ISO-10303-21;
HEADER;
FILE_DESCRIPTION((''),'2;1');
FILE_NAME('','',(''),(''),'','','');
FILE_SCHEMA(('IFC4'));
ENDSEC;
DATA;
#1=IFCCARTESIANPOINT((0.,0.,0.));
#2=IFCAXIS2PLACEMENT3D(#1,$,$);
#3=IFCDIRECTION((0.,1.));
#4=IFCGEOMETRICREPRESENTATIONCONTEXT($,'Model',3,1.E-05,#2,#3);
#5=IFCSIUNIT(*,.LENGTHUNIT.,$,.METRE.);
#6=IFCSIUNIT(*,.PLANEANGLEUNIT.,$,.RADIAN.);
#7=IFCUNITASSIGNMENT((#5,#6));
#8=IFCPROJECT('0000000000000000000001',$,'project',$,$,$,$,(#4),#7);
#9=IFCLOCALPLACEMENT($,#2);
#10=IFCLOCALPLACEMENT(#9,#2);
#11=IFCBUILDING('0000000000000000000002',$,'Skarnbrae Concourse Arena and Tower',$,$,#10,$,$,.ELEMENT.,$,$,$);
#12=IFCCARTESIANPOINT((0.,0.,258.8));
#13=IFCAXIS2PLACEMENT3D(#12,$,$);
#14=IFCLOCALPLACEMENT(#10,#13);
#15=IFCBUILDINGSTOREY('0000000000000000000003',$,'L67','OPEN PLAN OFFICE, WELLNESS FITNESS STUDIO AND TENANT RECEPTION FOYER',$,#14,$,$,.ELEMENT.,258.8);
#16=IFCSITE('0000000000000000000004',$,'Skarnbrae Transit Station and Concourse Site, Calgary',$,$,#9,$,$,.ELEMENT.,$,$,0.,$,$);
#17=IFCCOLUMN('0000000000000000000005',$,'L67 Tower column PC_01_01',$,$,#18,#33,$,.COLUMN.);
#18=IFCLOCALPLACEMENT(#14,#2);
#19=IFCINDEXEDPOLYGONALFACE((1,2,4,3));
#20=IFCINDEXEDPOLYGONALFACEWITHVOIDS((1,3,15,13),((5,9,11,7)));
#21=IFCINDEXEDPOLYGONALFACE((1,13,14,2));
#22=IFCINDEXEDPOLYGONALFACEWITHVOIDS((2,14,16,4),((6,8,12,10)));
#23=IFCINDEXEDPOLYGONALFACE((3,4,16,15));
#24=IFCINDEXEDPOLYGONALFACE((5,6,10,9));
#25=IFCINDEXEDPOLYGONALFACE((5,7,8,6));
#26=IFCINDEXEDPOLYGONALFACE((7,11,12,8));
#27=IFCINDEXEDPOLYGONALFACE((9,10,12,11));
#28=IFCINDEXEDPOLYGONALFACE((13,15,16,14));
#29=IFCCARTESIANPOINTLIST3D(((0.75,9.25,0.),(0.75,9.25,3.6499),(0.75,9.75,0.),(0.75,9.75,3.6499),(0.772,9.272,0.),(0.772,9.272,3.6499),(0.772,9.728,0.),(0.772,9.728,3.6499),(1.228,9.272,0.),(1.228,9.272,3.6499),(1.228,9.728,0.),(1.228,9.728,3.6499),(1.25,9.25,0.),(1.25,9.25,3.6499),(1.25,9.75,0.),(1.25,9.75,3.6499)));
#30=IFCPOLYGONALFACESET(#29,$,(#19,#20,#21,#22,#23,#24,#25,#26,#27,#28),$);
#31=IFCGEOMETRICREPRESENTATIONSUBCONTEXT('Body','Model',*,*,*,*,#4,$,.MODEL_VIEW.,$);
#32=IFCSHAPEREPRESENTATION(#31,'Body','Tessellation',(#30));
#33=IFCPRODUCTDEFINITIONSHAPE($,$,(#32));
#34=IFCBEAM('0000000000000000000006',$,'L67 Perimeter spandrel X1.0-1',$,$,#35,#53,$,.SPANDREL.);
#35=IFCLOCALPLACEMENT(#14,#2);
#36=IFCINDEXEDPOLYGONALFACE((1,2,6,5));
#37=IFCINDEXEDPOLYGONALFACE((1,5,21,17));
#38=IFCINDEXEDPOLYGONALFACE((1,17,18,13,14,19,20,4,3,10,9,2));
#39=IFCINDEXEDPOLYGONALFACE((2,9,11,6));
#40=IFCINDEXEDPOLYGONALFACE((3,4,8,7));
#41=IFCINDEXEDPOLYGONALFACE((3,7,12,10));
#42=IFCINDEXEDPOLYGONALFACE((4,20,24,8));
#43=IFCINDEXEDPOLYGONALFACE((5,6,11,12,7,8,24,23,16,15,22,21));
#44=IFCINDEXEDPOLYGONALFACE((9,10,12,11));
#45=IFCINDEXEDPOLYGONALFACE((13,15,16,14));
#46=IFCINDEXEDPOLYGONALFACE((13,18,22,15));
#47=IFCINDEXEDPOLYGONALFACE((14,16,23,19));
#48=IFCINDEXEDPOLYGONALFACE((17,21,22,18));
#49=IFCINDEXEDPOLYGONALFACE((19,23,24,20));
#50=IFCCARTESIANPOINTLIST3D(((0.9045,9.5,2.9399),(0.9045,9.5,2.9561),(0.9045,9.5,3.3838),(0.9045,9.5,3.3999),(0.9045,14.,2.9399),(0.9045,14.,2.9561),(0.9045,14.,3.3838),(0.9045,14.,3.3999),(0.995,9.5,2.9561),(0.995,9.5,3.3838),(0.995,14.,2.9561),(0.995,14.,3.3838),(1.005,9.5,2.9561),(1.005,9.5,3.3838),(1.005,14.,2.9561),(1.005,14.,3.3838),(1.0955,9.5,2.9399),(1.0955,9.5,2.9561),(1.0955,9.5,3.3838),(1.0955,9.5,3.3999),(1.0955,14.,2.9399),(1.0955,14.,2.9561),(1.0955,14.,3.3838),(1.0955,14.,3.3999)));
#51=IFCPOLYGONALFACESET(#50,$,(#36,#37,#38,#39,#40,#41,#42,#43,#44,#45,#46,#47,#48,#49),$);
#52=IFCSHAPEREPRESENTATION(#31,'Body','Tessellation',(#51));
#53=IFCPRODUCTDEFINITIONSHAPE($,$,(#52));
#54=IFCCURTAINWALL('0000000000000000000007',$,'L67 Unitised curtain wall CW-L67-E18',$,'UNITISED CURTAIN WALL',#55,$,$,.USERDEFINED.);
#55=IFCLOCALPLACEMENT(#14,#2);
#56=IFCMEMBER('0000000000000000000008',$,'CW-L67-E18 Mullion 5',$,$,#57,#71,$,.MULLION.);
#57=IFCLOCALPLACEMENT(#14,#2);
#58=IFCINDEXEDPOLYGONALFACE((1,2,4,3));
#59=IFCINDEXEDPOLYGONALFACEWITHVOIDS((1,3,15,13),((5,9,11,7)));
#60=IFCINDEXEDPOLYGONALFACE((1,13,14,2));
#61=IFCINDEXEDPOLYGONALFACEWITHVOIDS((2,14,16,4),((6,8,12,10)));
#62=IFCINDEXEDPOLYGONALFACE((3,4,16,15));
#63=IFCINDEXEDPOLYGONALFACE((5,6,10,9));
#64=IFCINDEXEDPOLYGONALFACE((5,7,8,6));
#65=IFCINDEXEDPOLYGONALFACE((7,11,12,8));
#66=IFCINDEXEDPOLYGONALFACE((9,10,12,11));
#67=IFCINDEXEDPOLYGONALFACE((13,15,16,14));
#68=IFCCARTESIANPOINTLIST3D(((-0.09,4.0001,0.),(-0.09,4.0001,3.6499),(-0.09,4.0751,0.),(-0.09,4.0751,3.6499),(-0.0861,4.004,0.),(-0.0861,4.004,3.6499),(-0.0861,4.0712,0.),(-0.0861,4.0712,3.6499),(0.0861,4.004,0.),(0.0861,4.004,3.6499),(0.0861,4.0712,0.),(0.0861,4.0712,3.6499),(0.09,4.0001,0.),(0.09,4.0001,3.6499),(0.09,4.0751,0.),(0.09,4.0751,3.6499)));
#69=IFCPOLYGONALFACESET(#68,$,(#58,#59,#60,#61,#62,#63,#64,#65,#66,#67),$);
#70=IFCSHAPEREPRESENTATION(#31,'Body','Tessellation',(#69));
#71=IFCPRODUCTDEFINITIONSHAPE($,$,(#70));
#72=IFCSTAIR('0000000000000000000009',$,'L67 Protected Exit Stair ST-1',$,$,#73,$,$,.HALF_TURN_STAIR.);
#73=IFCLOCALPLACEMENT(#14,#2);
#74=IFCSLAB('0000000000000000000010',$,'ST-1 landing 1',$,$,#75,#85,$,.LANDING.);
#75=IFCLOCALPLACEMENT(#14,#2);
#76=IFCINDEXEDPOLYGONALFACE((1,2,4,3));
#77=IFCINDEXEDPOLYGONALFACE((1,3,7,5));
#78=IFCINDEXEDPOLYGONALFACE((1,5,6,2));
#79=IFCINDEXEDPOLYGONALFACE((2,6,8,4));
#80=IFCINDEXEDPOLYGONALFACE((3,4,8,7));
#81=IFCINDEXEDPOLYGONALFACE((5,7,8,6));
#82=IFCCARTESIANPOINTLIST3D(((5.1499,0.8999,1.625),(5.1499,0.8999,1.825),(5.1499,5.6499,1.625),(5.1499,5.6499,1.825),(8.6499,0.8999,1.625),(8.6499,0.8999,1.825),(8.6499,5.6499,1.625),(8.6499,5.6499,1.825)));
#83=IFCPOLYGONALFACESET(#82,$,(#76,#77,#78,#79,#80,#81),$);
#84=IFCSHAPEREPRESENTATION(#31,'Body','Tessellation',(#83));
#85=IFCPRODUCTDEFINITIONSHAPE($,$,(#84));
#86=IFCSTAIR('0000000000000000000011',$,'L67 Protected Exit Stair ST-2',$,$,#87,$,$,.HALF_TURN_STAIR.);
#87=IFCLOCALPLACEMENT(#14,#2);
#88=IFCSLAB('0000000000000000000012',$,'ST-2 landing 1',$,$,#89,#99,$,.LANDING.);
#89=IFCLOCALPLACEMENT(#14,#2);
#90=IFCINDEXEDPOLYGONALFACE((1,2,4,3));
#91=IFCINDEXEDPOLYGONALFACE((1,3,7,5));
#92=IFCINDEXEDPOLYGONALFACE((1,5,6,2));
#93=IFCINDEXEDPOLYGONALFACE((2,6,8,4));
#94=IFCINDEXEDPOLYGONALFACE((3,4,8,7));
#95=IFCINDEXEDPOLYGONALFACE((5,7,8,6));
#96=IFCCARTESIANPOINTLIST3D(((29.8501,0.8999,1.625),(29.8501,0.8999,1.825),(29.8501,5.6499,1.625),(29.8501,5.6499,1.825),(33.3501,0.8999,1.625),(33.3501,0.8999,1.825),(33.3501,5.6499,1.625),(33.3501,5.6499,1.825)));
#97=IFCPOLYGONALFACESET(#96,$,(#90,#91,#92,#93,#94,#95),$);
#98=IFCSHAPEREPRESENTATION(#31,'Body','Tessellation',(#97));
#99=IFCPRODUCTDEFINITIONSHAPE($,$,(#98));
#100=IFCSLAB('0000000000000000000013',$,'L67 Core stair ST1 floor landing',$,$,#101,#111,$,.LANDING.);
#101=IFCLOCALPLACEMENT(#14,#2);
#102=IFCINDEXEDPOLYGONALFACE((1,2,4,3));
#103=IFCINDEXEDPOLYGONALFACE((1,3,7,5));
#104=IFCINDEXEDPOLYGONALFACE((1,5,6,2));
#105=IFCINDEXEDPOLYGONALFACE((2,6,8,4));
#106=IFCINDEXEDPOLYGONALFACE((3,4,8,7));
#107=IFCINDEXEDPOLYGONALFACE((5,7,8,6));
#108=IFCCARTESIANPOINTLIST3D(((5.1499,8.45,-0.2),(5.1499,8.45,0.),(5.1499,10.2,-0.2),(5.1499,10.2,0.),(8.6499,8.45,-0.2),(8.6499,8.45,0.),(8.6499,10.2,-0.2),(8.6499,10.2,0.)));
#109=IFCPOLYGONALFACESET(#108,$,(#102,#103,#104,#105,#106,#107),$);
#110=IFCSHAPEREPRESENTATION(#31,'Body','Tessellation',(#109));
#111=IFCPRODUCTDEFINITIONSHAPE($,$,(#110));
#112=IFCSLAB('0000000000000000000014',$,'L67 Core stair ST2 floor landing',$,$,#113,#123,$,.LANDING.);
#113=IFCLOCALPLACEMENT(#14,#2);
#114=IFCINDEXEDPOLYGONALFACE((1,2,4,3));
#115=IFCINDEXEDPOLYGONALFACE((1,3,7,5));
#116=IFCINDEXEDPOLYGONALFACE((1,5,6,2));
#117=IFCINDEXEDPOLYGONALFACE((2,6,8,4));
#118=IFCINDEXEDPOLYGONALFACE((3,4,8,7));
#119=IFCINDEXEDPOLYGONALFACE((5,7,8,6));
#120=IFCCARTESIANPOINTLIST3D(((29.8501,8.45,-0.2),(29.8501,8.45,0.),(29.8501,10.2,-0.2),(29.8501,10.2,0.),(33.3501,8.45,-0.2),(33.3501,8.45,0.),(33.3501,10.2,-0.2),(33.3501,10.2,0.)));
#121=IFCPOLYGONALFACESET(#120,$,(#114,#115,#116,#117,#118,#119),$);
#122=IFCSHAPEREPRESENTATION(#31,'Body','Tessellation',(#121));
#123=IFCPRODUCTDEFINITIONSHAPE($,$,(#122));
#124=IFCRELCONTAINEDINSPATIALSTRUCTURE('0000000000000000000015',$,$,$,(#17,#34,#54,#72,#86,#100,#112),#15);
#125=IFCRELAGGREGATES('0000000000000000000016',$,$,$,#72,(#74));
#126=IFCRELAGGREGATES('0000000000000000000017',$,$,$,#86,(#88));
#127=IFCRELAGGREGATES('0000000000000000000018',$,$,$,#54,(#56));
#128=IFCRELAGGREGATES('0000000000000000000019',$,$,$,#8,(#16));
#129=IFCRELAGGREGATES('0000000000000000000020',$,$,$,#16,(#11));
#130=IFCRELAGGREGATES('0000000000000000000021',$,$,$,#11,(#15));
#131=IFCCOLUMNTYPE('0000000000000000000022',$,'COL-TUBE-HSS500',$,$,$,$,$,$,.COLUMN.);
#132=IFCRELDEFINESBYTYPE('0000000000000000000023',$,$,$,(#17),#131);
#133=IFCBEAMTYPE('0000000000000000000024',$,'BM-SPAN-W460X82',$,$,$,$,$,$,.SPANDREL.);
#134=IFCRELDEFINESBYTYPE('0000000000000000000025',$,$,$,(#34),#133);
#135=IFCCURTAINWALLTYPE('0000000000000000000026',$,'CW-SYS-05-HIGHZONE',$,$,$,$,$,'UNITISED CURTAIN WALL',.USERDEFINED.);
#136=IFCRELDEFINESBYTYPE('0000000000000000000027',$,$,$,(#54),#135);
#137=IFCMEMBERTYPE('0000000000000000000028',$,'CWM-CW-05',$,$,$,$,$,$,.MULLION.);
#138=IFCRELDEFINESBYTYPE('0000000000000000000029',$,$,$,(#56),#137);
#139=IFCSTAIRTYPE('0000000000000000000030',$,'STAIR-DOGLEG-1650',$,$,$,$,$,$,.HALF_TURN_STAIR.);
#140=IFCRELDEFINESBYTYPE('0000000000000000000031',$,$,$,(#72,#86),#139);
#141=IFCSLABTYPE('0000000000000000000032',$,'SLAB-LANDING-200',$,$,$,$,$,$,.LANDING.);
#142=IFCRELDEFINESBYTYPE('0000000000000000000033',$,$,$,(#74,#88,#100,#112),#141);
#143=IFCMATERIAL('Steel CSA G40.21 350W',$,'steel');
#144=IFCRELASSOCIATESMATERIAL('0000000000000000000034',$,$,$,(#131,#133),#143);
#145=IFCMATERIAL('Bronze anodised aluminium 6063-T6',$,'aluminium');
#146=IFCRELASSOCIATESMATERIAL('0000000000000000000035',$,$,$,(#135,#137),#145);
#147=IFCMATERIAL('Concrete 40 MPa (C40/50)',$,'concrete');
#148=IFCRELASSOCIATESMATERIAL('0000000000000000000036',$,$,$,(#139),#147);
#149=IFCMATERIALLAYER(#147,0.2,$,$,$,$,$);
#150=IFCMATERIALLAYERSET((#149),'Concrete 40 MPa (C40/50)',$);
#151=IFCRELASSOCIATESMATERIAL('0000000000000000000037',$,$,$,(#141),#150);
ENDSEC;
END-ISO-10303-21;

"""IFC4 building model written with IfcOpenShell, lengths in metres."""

from ifc_helpers import new_model, si_unit, direction, frame, origin, origin_2d, place, context, subcontext, project, spatial, polyline, hollow_rectangle, i_section, outline, extrude, source, transform, mapped, material, layer, layer_set, material_profile, profile_set, type_object, element, aggregate, save


model = new_model("IFC4")

# Units and contexts
model_context = context("Model", 3, precision=1e-05, world=origin(), true_north=direction((0.0, 1.0)))
body_context = subcontext(model_context, "Body", "Model", "MODEL_VIEW")
ifc_project = project(units=[si_unit("LENGTHUNIT", "METRE"), si_unit("PLANEANGLEUNIT", "RADIAN")], contexts=[model_context])

# Site, building, storey
site_placement = place(None, origin())
site = spatial("IfcSite", under=ifc_project, at=site_placement, Name="Skarnbrae Transit Station and Concourse Site, Calgary", CompositionType="ELEMENT", RefElevation=0.0)
building_placement = place(site_placement, origin())
building = spatial("IfcBuilding", under=site, at=building_placement, Name="Skarnbrae Concourse Arena and Tower", CompositionType="ELEMENT")
storey_placement = place(building_placement, frame((0.0, 0.0, 258.8)))
storey = spatial("IfcBuildingStorey", under=building, at=storey_placement, Name="L67", Description="OPEN PLAN OFFICE, WELLNESS FITNESS STUDIO AND TENANT RECEPTION FOYER", CompositionType="ELEMENT", Elevation=258.8)

# Column
ifc_material_1 = material(Name="Steel CSA G40.21 350W", Category="steel")
ifc_material_profile_1 = material_profile(ifc_material_1, hollow_rectangle(XDim=0.5, YDim=0.5, WallThickness=0.022, at=origin_2d()), Name="HSS500X500X22.0")
ifc_profile_set_1 = profile_set([ifc_material_profile_1], Name="Steel CSA G40.21 350W")
column_type = type_object("IfcColumnType", Name="COL-TUBE-HSS500", PredefinedType="COLUMN", material=ifc_profile_set_1)
shared_shape_1 = source(origin(), body_context, "Body", "SweptSolid", [
    extrude(hollow_rectangle(XDim=0.5, YDim=0.5, WallThickness=0.022, at=origin_2d()), origin(), (0.0, 0.0, 1.0), 3.6499),
])
column_placement = place(storey_placement, frame((1.0, 9.5, 0.0), z_axis=(0.0, 0.0, 1.0), x_axis=(1.0, 0.0, 0.0)))
element("IfcColumn", 1, at=column_placement, inside=storey, type_object=column_type, Name="L67 Tower column PC_01_01", PredefinedType="COLUMN", context=body_context, shape_type="MappedRepresentation", body=[
    mapped(shared_shape_1, transform((0.0, 0.0, 0.0))),
])

# Beam
ifc_material_profile_2 = material_profile(ifc_material_1, i_section(OverallWidth=0.1909, OverallDepth=0.46, WebThickness=0.01, FlangeThickness=0.0161, at=origin_2d()), Name="W460X82")
ifc_profile_set_2 = profile_set([ifc_material_profile_2], Name="Steel CSA G40.21 350W")
beam_type = type_object("IfcBeamType", Name="BM-SPAN-W460X82", PredefinedType="SPANDREL", material=ifc_profile_set_2)
shared_shape_2 = source(origin(), body_context, "Body", "SweptSolid", [
    extrude(i_section(OverallWidth=0.1909, OverallDepth=0.46, WebThickness=0.01, FlangeThickness=0.0161, at=origin_2d()), origin(), (0.0, 0.0, 1.0), 4.5),
])
beam_placement = place(storey_placement, frame((1.0, 9.5, 3.1699), z_axis=(0.0, 1.0, 0.0), x_axis=(-1.0, 0.0, 0.0)))
element("IfcBeam", 2, at=beam_placement, inside=storey, type_object=beam_type, Name="L67 Perimeter spandrel X1.0-1", PredefinedType="SPANDREL", context=body_context, shape_type="MappedRepresentation", body=[
    mapped(shared_shape_2, transform((0.0, 0.0, 0.0))),
])

# Curtain wall, member
ifc_material_2 = material(Name="Bronze anodised aluminium 6063-T6", Category="aluminium")
curtain_wall_type = type_object("IfcCurtainWallType", Name="CW-SYS-05-HIGHZONE", ElementType="UNITISED CURTAIN WALL", PredefinedType="USERDEFINED", material=ifc_material_2)
curtain_wall_placement = place(storey_placement, origin())
curtain_wall = element("IfcCurtainWall", 3, at=curtain_wall_placement, inside=storey, type_object=curtain_wall_type, Name="L67 Unitised curtain wall CW-L67-E18", ObjectType="UNITISED CURTAIN WALL", PredefinedType="USERDEFINED")
ifc_material_profile_3 = material_profile(ifc_material_2, hollow_rectangle(XDim=0.075, YDim=0.1799, WallThickness=0.0039, at=origin_2d()), Name="ALU-MULL-75X180")
ifc_profile_set_3 = profile_set([ifc_material_profile_3], Name="Bronze anodised aluminium 6063-T6")
member_type = type_object("IfcMemberType", Name="CWM-CW-05", PredefinedType="MULLION", material=ifc_profile_set_3)
shared_shape_3 = source(origin(), body_context, "Body", "SweptSolid", [
    extrude(hollow_rectangle(XDim=0.075, YDim=0.1799, WallThickness=0.0039, at=origin_2d()), origin(), (0.0, 0.0, 1.0), 3.6499),
])
member_placement = place(storey_placement, frame((0.0, 4.0376, 0.0), z_axis=(0.0, 0.0, 1.0), x_axis=(0.0, -1.0, 0.0)))
member = element("IfcMember", 4, at=member_placement, type_object=member_type, Name="CW-L67-E18 Mullion 5", PredefinedType="MULLION", context=body_context, shape_type="MappedRepresentation", body=[
    mapped(shared_shape_3, transform((0.0, 0.0, 0.0))),
])

# Stairs, slabs
ifc_material_3 = material(Name="Concrete 40 MPa (C40/50)", Category="concrete")
stair_type = type_object("IfcStairType", Name="STAIR-DOGLEG-1650", PredefinedType="HALF_TURN_STAIR", material=ifc_material_3)
stair_1_placement = place(storey_placement, origin())
stair_1 = element("IfcStair", 5, at=stair_1_placement, inside=storey, type_object=stair_type, Name="L67 Protected Exit Stair ST-1", PredefinedType="HALF_TURN_STAIR")
ifc_layer_1 = layer(ifc_material_3, 0.2)
ifc_layer_set_1 = layer_set([ifc_layer_1], Name="Concrete 40 MPa (C40/50)")
slab_type_1 = type_object("IfcSlabType", Name="SLAB-LANDING-200", PredefinedType="LANDING", material=ifc_layer_set_1)
slab_1_placement = place(storey_placement, frame((0.0, 0.0, 1.625)))
slab_1 = element("IfcSlab", 6, at=slab_1_placement, type_object=slab_type_1, Name="ST-1 landing 1", PredefinedType="LANDING", context=body_context, shape_type="SweptSolid", body=[
    extrude(outline(polyline([(5.1499, 5.6499), (5.1499, 0.8999), (8.6499, 0.8999), (8.6499, 5.6499), (5.1499, 5.6499)])), origin(), (0.0, 0.0, 1.0), 0.2),
])
aggregate(stair_1, [slab_1])
stair_2_placement = place(storey_placement, origin())
stair_2 = element("IfcStair", 7, at=stair_2_placement, inside=storey, type_object=stair_type, Name="L67 Protected Exit Stair ST-2", PredefinedType="HALF_TURN_STAIR")
slab_2_placement = place(storey_placement, frame((0.0, 0.0, 1.625)))
slab_2 = element("IfcSlab", 8, at=slab_2_placement, type_object=slab_type_1, Name="ST-2 landing 1", PredefinedType="LANDING", context=body_context, shape_type="SweptSolid", body=[
    extrude(outline(polyline([(29.8501, 5.6499), (29.8501, 0.8999), (33.3501, 0.8999), (33.3501, 5.6499), (29.8501, 5.6499)])), origin(), (0.0, 0.0, 1.0), 0.2),
])
aggregate(stair_2, [slab_2])

# Slabs
slab_3_placement = place(storey_placement, frame((0.0, 0.0, -0.2)))
element("IfcSlab", 9, at=slab_3_placement, inside=storey, type_object=slab_type_1, Name="L67 Core stair ST1 floor landing", PredefinedType="LANDING", context=body_context, shape_type="SweptSolid", body=[
    extrude(outline(polyline([(5.1499, 10.2), (5.1499, 8.45), (8.6499, 8.45), (8.6499, 10.2), (5.1499, 10.2)])), origin(), (0.0, 0.0, 1.0), 0.2),
])
slab_4_placement = place(storey_placement, frame((0.0, 0.0, -0.2)))
element("IfcSlab", 10, at=slab_4_placement, inside=storey, type_object=slab_type_1, Name="L67 Core stair ST2 floor landing", PredefinedType="LANDING", context=body_context, shape_type="SweptSolid", body=[
    extrude(outline(polyline([(29.8501, 10.2), (29.8501, 8.45), (33.3501, 8.45), (33.3501, 10.2), (29.8501, 10.2)])), origin(), (0.0, 0.0, 1.0), 0.2),
])

aggregate(curtain_wall, [member])

save(model, "model.ifc")
